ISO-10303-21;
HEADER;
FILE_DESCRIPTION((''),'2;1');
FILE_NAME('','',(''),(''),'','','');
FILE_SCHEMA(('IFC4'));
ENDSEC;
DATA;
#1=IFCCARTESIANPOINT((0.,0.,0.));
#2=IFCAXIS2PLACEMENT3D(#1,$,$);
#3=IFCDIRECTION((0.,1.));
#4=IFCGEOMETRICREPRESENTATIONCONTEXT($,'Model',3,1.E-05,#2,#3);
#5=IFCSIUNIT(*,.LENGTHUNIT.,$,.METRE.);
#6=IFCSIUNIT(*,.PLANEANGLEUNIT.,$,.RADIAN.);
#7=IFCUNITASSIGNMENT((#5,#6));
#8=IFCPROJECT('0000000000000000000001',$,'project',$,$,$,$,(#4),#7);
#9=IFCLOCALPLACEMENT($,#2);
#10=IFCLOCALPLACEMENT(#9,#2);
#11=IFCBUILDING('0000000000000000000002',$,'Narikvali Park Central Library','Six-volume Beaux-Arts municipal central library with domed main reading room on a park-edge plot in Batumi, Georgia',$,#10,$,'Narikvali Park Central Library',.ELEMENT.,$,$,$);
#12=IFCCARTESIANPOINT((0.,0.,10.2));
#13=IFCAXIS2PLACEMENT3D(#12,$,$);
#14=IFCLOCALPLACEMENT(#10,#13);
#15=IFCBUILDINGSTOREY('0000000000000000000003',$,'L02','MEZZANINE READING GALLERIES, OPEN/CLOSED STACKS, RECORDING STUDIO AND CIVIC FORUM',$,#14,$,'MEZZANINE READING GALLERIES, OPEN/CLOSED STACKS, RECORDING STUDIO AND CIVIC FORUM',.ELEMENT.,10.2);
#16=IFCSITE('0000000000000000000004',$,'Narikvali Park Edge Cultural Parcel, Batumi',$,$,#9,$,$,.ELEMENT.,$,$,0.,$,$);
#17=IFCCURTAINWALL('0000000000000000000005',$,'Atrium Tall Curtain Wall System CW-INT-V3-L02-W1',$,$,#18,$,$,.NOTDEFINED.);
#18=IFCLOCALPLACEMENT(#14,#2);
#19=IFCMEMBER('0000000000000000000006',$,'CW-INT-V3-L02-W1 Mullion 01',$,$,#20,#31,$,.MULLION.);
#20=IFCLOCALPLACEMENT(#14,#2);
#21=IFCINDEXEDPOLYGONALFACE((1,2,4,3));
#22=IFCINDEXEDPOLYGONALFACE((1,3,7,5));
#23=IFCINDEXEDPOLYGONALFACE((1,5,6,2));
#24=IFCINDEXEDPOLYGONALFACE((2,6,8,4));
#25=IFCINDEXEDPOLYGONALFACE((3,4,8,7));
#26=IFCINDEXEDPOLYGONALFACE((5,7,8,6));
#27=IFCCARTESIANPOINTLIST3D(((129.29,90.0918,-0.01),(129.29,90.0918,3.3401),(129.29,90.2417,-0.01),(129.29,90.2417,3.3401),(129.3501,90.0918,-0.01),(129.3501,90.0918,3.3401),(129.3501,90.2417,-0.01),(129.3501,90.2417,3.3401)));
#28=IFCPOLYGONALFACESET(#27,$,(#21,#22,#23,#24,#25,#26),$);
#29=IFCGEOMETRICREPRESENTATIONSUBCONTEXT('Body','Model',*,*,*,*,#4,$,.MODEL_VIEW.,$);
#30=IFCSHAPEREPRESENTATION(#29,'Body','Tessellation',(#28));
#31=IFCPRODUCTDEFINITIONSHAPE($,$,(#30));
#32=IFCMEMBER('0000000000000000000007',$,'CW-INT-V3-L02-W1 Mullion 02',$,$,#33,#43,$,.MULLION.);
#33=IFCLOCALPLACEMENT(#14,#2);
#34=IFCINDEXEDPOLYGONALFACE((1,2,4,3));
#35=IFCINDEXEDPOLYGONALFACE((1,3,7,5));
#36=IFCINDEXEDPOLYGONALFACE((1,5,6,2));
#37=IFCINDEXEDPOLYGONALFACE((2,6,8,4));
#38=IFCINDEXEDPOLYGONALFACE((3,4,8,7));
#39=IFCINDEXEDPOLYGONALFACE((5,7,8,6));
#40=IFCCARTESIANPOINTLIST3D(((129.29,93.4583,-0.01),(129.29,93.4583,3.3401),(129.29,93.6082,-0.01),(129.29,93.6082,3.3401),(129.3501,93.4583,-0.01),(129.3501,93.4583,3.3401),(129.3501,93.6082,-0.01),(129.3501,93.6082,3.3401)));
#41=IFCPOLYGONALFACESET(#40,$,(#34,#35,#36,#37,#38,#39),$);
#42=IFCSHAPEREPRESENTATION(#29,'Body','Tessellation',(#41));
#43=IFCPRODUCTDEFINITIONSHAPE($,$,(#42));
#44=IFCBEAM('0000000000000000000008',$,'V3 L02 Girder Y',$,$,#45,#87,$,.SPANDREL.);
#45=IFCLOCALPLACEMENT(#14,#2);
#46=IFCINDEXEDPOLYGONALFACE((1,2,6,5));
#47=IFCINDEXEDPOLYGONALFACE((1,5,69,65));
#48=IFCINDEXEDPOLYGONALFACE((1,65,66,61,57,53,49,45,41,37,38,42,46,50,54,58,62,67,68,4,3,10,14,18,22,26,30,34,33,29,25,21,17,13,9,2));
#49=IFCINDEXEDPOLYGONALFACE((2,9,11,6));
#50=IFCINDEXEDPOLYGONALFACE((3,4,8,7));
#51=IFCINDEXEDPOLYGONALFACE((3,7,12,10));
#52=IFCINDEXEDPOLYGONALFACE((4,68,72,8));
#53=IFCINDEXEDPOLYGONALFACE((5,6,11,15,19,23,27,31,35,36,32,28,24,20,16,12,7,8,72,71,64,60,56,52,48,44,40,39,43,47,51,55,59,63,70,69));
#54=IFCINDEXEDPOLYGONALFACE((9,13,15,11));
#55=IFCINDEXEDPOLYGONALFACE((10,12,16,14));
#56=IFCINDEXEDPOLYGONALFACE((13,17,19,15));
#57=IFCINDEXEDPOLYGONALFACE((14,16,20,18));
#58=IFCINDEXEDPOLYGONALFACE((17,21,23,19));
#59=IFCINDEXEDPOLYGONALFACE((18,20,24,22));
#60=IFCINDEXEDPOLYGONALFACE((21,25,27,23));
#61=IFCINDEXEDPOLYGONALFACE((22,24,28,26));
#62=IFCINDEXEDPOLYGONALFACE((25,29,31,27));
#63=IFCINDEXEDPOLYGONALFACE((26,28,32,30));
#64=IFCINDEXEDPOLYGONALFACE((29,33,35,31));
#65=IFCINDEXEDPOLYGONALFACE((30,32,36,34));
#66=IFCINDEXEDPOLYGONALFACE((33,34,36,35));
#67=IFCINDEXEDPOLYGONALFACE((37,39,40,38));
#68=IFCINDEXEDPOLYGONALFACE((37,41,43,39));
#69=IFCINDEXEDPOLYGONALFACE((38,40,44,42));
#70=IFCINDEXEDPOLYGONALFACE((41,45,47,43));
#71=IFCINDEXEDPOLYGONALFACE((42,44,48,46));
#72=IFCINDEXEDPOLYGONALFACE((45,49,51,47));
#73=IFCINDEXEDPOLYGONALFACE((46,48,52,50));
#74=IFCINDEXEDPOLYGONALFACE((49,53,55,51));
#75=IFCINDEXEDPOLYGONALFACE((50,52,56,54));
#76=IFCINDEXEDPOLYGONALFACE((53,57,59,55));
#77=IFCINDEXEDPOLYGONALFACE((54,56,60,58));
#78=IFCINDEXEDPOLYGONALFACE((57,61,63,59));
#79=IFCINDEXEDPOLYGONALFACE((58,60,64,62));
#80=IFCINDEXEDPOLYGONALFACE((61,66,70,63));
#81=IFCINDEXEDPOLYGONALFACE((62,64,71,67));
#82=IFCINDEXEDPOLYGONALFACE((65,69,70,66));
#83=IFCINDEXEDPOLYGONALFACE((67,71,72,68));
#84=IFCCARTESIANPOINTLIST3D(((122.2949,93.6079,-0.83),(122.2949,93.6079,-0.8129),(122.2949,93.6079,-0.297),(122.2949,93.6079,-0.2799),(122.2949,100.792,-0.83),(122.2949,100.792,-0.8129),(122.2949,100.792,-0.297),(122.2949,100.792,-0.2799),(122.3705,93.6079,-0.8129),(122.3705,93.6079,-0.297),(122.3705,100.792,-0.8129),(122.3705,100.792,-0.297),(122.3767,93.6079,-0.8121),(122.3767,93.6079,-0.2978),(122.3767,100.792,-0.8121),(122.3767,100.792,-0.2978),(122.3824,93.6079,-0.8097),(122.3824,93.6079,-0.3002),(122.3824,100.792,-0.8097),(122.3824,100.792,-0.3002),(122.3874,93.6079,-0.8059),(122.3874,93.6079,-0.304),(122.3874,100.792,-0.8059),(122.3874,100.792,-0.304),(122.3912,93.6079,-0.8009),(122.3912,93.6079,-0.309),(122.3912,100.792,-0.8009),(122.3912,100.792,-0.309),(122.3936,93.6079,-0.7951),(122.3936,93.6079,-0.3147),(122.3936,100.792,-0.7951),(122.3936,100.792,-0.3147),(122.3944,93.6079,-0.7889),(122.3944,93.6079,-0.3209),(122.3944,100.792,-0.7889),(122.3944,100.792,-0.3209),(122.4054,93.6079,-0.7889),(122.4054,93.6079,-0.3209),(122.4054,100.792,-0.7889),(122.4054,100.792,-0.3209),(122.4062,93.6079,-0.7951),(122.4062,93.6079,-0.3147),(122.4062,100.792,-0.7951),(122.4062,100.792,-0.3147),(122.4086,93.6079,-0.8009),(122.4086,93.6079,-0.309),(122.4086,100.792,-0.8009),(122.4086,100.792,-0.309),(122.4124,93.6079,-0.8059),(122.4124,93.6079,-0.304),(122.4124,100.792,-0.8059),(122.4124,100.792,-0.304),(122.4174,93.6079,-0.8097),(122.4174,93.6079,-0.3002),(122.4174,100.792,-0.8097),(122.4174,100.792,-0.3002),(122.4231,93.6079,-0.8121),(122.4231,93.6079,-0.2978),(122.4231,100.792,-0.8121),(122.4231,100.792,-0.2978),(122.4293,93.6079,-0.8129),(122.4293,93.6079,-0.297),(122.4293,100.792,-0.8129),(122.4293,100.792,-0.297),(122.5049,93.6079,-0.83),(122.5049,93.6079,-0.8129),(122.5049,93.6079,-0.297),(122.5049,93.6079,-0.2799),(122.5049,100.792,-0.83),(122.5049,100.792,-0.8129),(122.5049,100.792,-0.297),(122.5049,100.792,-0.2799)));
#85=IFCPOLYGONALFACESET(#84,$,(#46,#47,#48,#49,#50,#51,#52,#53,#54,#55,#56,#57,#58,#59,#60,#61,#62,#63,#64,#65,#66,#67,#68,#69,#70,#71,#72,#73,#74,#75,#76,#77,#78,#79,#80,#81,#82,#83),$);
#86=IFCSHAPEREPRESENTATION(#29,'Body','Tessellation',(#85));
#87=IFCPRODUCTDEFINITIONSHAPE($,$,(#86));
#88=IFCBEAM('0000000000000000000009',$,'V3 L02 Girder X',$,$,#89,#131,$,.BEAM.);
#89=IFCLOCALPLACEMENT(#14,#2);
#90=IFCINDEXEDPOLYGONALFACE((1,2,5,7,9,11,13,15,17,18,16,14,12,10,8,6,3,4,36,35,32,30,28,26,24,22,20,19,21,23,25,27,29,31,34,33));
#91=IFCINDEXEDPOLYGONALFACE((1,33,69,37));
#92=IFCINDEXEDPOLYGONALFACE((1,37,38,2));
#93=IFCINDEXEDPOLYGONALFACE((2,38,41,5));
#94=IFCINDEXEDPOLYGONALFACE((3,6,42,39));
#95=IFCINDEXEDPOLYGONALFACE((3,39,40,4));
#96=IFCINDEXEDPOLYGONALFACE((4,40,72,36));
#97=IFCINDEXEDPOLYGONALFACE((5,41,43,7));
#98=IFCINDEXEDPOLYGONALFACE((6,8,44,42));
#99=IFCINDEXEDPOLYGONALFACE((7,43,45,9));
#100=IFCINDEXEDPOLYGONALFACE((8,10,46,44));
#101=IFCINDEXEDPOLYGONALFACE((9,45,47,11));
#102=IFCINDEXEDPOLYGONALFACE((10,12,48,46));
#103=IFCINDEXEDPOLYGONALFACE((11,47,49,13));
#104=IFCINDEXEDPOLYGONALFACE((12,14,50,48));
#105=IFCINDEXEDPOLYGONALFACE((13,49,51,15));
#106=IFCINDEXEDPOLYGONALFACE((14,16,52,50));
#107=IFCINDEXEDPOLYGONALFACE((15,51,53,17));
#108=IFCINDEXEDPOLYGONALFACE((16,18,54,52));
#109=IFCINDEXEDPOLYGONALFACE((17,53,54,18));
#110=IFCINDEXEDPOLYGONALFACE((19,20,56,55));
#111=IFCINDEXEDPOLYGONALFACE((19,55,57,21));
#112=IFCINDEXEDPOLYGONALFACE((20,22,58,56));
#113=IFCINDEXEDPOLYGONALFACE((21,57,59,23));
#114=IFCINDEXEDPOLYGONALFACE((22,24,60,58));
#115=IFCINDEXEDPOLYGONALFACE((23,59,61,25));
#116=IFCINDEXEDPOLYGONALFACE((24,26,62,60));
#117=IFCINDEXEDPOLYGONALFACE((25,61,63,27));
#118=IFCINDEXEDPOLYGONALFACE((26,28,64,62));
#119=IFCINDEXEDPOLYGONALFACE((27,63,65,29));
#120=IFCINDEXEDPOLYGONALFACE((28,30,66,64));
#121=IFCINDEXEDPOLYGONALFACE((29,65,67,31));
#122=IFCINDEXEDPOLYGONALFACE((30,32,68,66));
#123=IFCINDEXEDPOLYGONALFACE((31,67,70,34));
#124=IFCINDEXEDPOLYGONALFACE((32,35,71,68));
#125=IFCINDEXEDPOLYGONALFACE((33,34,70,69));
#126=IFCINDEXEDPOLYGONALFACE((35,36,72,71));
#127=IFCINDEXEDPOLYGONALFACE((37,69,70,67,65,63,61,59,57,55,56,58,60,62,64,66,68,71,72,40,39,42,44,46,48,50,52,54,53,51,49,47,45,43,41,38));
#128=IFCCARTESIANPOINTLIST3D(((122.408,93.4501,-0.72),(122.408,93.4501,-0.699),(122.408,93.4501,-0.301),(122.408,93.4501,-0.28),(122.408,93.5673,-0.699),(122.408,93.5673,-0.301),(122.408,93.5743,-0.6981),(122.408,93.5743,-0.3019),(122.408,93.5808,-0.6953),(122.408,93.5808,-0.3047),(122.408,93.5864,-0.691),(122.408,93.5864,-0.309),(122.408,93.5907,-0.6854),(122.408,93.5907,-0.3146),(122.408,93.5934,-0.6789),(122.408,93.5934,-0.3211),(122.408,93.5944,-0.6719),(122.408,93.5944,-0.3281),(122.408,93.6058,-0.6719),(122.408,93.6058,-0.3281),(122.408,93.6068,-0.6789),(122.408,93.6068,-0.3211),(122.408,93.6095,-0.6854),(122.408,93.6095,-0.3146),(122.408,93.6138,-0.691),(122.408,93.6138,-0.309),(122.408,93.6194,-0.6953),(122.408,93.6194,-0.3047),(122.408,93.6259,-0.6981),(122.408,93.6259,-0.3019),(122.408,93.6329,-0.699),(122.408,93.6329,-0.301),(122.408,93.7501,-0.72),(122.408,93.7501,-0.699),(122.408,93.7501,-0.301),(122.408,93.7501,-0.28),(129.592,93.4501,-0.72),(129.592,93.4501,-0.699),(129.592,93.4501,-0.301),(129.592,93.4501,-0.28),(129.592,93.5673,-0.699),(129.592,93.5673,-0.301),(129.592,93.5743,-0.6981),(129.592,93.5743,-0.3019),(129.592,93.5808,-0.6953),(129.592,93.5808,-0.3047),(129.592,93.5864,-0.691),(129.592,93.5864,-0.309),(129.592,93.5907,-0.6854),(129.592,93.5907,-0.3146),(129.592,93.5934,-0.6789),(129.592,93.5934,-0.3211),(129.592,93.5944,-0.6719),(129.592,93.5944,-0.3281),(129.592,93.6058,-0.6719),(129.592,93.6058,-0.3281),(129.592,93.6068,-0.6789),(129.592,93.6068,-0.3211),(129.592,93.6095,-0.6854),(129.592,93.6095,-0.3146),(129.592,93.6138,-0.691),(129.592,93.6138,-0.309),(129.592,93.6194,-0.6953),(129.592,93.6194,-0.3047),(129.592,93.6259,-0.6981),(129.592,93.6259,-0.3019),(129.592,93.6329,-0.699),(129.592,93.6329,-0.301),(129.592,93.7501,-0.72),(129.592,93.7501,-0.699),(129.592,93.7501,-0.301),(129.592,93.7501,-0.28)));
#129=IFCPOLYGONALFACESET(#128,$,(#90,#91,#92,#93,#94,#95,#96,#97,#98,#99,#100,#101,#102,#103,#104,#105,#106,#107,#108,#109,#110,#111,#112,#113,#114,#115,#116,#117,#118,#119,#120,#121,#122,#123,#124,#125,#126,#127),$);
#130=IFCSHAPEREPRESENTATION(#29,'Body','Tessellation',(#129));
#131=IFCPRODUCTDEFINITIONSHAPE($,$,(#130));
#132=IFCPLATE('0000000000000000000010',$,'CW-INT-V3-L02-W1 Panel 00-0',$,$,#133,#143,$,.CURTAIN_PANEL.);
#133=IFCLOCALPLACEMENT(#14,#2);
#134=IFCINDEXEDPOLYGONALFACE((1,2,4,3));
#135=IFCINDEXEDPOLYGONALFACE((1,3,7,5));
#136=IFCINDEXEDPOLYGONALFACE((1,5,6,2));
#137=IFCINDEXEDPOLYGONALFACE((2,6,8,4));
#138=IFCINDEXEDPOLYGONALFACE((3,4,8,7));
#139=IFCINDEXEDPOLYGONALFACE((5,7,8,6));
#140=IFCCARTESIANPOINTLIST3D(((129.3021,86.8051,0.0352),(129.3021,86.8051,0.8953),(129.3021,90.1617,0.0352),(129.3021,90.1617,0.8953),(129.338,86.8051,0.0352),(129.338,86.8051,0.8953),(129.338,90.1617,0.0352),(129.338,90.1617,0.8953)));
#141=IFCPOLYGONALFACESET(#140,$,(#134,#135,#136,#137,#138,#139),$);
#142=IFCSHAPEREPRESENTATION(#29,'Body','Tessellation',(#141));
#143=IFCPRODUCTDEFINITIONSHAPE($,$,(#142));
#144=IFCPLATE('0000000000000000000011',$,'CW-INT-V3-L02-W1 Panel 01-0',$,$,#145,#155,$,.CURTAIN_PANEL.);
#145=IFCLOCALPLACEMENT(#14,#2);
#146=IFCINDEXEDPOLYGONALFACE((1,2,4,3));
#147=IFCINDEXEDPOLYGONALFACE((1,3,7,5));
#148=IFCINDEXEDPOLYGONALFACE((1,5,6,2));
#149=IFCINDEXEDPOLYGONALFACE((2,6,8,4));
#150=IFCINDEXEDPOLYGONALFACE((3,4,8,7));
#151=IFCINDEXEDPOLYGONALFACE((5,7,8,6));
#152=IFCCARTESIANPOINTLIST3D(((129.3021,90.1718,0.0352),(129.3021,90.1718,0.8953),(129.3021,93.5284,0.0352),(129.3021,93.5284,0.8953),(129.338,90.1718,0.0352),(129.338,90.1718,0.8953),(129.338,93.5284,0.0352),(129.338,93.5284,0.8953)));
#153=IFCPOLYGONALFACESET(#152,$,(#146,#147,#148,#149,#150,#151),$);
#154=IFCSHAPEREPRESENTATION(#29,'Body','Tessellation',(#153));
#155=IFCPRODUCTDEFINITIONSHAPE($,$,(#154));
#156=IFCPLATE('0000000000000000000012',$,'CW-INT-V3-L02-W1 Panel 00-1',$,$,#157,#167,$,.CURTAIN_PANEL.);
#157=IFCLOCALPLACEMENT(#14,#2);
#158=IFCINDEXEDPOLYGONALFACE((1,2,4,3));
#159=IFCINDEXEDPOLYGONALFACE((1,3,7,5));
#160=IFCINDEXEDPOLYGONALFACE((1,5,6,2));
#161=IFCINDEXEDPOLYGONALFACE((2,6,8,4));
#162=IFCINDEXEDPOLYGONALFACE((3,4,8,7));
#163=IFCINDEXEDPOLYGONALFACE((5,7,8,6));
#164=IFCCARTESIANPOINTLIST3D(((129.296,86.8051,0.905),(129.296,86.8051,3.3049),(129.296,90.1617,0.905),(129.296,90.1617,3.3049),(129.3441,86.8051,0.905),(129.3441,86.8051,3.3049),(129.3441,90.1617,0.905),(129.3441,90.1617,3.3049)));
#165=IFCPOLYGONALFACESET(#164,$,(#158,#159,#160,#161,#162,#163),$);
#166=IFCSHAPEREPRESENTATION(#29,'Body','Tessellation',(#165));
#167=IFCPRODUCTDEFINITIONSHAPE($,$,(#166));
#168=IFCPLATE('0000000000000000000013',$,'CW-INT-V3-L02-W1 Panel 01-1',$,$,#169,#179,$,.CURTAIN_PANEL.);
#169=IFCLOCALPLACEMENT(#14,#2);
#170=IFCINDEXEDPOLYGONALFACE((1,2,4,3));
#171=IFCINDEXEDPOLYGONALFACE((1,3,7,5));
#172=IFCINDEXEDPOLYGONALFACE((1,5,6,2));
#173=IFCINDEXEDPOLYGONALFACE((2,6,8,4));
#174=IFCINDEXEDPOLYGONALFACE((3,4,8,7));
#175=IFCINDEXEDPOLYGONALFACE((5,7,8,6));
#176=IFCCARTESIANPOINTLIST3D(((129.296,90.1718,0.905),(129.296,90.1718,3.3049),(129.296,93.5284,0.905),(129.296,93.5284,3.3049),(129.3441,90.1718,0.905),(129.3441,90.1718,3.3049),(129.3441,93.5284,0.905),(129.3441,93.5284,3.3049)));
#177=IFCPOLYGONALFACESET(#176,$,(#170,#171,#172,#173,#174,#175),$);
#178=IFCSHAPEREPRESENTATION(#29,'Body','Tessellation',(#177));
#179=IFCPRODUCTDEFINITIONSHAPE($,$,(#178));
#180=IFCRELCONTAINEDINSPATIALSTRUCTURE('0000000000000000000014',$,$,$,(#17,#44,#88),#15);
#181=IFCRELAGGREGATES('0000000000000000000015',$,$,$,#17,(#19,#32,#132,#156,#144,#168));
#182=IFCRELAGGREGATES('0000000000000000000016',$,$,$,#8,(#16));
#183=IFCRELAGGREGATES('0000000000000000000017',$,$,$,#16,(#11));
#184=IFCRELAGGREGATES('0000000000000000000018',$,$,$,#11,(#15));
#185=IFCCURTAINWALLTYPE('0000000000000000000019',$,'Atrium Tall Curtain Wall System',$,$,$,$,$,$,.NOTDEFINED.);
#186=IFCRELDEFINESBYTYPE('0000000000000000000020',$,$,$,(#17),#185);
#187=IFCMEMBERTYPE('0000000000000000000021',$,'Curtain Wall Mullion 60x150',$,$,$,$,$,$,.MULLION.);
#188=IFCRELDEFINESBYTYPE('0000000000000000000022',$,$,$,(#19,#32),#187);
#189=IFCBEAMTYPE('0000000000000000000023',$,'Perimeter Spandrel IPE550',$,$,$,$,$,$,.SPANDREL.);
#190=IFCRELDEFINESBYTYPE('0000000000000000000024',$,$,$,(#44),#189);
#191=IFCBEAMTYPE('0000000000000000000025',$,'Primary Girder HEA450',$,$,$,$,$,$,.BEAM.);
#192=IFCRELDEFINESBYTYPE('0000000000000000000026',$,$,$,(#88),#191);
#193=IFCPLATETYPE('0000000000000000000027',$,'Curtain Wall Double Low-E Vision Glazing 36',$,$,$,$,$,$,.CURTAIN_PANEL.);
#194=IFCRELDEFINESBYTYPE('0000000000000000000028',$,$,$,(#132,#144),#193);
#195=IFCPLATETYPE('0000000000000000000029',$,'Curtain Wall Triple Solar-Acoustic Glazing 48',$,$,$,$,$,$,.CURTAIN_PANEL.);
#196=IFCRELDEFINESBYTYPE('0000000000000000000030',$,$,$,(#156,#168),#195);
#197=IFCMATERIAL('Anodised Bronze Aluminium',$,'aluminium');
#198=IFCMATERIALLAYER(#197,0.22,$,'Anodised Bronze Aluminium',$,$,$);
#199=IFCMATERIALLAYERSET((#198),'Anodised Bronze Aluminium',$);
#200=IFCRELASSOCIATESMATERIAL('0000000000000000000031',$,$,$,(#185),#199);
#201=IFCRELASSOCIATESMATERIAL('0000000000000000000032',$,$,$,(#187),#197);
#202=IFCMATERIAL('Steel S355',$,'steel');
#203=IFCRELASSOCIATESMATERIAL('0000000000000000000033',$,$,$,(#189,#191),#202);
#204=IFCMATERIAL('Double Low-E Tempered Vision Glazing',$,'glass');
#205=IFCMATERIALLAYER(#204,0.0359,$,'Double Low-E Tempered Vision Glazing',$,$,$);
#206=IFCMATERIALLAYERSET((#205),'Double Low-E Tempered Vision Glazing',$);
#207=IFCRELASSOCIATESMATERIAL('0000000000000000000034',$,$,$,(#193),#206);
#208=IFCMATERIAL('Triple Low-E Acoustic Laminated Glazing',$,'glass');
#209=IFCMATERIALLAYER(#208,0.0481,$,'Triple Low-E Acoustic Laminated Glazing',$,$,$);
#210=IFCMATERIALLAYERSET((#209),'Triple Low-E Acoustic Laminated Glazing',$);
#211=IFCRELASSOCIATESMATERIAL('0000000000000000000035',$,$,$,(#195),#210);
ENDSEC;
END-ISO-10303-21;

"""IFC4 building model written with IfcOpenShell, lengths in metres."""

from ifc_helpers import new_model, si_unit, direction, frame, origin, origin_2d, place, context, subcontext, project, spatial, rectangle, i_section, extrude, material, layer, layer_set, material_profile, profile_set, type_object, element, aggregate, save


model = new_model("IFC4")

# Units and contexts
model_context = context("Model", 3, precision=1e-05, world=origin(), true_north=direction((0.0, 1.0)))
body_context = subcontext(model_context, "Body", "Model", "MODEL_VIEW")
ifc_project = project(units=[si_unit("LENGTHUNIT", "METRE"), si_unit("PLANEANGLEUNIT", "RADIAN")], contexts=[model_context])

# Site, building, storey
site_placement = place(None, origin())
site = spatial("IfcSite", under=ifc_project, at=site_placement, Name="Narikvali Park Edge Cultural Parcel, Batumi", CompositionType="ELEMENT", RefElevation=0.0)
building_placement = place(site_placement, origin())
building = spatial("IfcBuilding", under=site, at=building_placement, Name="Narikvali Park Central Library", Description="Six-volume Beaux-Arts municipal central library with domed main reading room on a park-edge plot in Batumi, Georgia", LongName="Narikvali Park Central Library", CompositionType="ELEMENT")
storey_placement = place(building_placement, frame((0.0, 0.0, 10.2)))
storey = spatial("IfcBuildingStorey", under=building, at=storey_placement, Name="L02", Description="MEZZANINE READING GALLERIES, OPEN/CLOSED STACKS, RECORDING STUDIO AND CIVIC FORUM", LongName="MEZZANINE READING GALLERIES, OPEN/CLOSED STACKS, RECORDING STUDIO AND CIVIC FORUM", CompositionType="ELEMENT", Elevation=10.2)

# Shared definitions
ifc_material_1 = material(Name="Steel S355", Category="steel")

# Curtain wall, members
ifc_material_2 = material(Name="Anodised Bronze Aluminium", Category="aluminium")
ifc_layer_1 = layer(ifc_material_2, 0.22, Name="Anodised Bronze Aluminium")
ifc_layer_set_1 = layer_set([ifc_layer_1], Name="Anodised Bronze Aluminium")
curtain_wall_type = type_object("IfcCurtainWallType", Name="Atrium Tall Curtain Wall System", PredefinedType="NOTDEFINED", material=ifc_layer_set_1)
curtain_wall_placement = place(storey_placement, origin())
curtain_wall = element("IfcCurtainWall", 1, at=curtain_wall_placement, inside=storey, type_object=curtain_wall_type, Name="Atrium Tall Curtain Wall System CW-INT-V3-L02-W1", PredefinedType="NOTDEFINED")
ifc_material_profile_1 = material_profile(ifc_material_2, rectangle(XDim=0.0601, YDim=0.1499, at=origin_2d()), Name="CW MULLION 60x150")
ifc_profile_set_1 = profile_set([ifc_material_profile_1], Name="Anodised Bronze Aluminium")
member_type_1 = type_object("IfcMemberType", Name="Curtain Wall Mullion 60x150", PredefinedType="MULLION", material=ifc_profile_set_1)
member_1_placement = place(storey_placement, frame((129.3201, 90.1667, -0.01), z_axis=(0.0, 0.0, 1.0), x_axis=(1.0, 0.0, 0.0)))
member_1 = element("IfcMember", 2, at=member_1_placement, type_object=member_type_1, Name="CW-INT-V3-L02-W1 Mullion 01", PredefinedType="MULLION", context=body_context, shape_type="SweptSolid", body=[
    extrude(rectangle(XDim=0.0601, YDim=0.1499, at=origin_2d()), origin(), (0.0, 0.0, 1.0), 3.3501),
])
member_2_placement = place(storey_placement, frame((129.3201, 93.5332, -0.01), z_axis=(0.0, 0.0, 1.0), x_axis=(1.0, 0.0, 0.0)))
member_2 = element("IfcMember", 3, at=member_2_placement, type_object=member_type_1, Name="CW-INT-V3-L02-W1 Mullion 02", PredefinedType="MULLION", context=body_context, shape_type="SweptSolid", body=[
    extrude(rectangle(XDim=0.0601, YDim=0.1499, at=origin_2d()), origin(), (0.0, 0.0, 1.0), 3.3501),
])

# Beams
ifc_material_profile_2 = material_profile(ifc_material_1, i_section(OverallWidth=0.21, OverallDepth=0.55, WebThickness=0.011, FlangeThickness=0.0171, FilletRadius=0.0239, at=origin_2d()), Name="IPE 550")
ifc_profile_set_2 = profile_set([ifc_material_profile_2], Name="Steel S355")
beam_type_1 = type_object("IfcBeamType", Name="Perimeter Spandrel IPE550", PredefinedType="SPANDREL", material=ifc_profile_set_2)
beam_1_placement = place(storey_placement, frame((122.3999, 93.6079, -0.5549), z_axis=(0.0, 1.0, 0.0), x_axis=(-1.0, 0.0, 0.0)))
element("IfcBeam", 4, at=beam_1_placement, inside=storey, type_object=beam_type_1, Name="V3 L02 Girder Y", PredefinedType="SPANDREL", context=body_context, shape_type="SweptSolid", body=[
    extrude(i_section(OverallWidth=0.21, OverallDepth=0.55, WebThickness=0.011, FlangeThickness=0.0171, FilletRadius=0.0239, at=origin_2d()), origin(), (0.0, 0.0, 1.0), 7.1841),
])
ifc_material_profile_3 = material_profile(ifc_material_1, i_section(OverallWidth=0.3, OverallDepth=0.4399, WebThickness=0.0115, FlangeThickness=0.021, FilletRadius=0.0271, at=origin_2d()), Name="HEA 450")
ifc_profile_set_3 = profile_set([ifc_material_profile_3], Name="Steel S355")
beam_type_2 = type_object("IfcBeamType", Name="Primary Girder HEA450", PredefinedType="BEAM", material=ifc_profile_set_3)
beam_2_placement = place(storey_placement, frame((122.408, 93.6001, -0.5), z_axis=(1.0, 0.0, 0.0), x_axis=(0.0, 1.0, 0.0)))
element("IfcBeam", 5, at=beam_2_placement, inside=storey, type_object=beam_type_2, Name="V3 L02 Girder X", PredefinedType="BEAM", context=body_context, shape_type="SweptSolid", body=[
    extrude(i_section(OverallWidth=0.3, OverallDepth=0.4399, WebThickness=0.0115, FlangeThickness=0.021, FilletRadius=0.0271, at=origin_2d()), origin(), (0.0, 0.0, 1.0), 7.1841),
])

# Plates
ifc_material_3 = material(Name="Double Low-E Tempered Vision Glazing", Category="glass")
ifc_layer_2 = layer(ifc_material_3, 0.0359, Name="Double Low-E Tempered Vision Glazing")
ifc_layer_set_2 = layer_set([ifc_layer_2], Name="Double Low-E Tempered Vision Glazing")
plate_type_1 = type_object("IfcPlateType", Name="Curtain Wall Double Low-E Vision Glazing 36", PredefinedType="CURTAIN_PANEL", material=ifc_layer_set_2)
plate_1_placement = place(storey_placement, frame((129.3201, 88.4834, 0.0352), z_axis=(0.0, 0.0, 1.0), x_axis=(0.0, 1.0, 0.0)))
plate_1 = element("IfcPlate", 6, at=plate_1_placement, type_object=plate_type_1, Name="CW-INT-V3-L02-W1 Panel 00-0", PredefinedType="CURTAIN_PANEL", context=body_context, shape_type="SweptSolid", body=[
    extrude(rectangle(XDim=3.3567, YDim=0.0359, at=origin_2d()), origin(), (0.0, 0.0, 1.0), 0.8601),
])
plate_2_placement = place(storey_placement, frame((129.3201, 91.8501, 0.0352), z_axis=(0.0, 0.0, 1.0), x_axis=(0.0, 1.0, 0.0)))
plate_2 = element("IfcPlate", 7, at=plate_2_placement, type_object=plate_type_1, Name="CW-INT-V3-L02-W1 Panel 01-0", PredefinedType="CURTAIN_PANEL", context=body_context, shape_type="SweptSolid", body=[
    extrude(rectangle(XDim=3.3567, YDim=0.0359, at=origin_2d()), origin(), (0.0, 0.0, 1.0), 0.8601),
])
ifc_material_4 = material(Name="Triple Low-E Acoustic Laminated Glazing", Category="glass")
ifc_layer_3 = layer(ifc_material_4, 0.0481, Name="Triple Low-E Acoustic Laminated Glazing")
ifc_layer_set_3 = layer_set([ifc_layer_3], Name="Triple Low-E Acoustic Laminated Glazing")
plate_type_2 = type_object("IfcPlateType", Name="Curtain Wall Triple Solar-Acoustic Glazing 48", PredefinedType="CURTAIN_PANEL", material=ifc_layer_set_3)
plate_3_placement = place(storey_placement, frame((129.3201, 88.4834, 0.905), z_axis=(0.0, 0.0, 1.0), x_axis=(0.0, 1.0, 0.0)))
plate_3 = element("IfcPlate", 8, at=plate_3_placement, type_object=plate_type_2, Name="CW-INT-V3-L02-W1 Panel 00-1", PredefinedType="CURTAIN_PANEL", context=body_context, shape_type="SweptSolid", body=[
    extrude(rectangle(XDim=3.3567, YDim=0.0481, at=origin_2d()), origin(), (0.0, 0.0, 1.0), 2.3999),
])
plate_4_placement = place(storey_placement, frame((129.3201, 91.8501, 0.905), z_axis=(0.0, 0.0, 1.0), x_axis=(0.0, 1.0, 0.0)))
plate_4 = element("IfcPlate", 9, at=plate_4_placement, type_object=plate_type_2, Name="CW-INT-V3-L02-W1 Panel 01-1", PredefinedType="CURTAIN_PANEL", context=body_context, shape_type="SweptSolid", body=[
    extrude(rectangle(XDim=3.3567, YDim=0.0481, at=origin_2d()), origin(), (0.0, 0.0, 1.0), 2.3999),
])
aggregate(curtain_wall, [member_1, member_2, plate_1, plate_3, plate_2, plate_4])

save(model, "model.ifc")
